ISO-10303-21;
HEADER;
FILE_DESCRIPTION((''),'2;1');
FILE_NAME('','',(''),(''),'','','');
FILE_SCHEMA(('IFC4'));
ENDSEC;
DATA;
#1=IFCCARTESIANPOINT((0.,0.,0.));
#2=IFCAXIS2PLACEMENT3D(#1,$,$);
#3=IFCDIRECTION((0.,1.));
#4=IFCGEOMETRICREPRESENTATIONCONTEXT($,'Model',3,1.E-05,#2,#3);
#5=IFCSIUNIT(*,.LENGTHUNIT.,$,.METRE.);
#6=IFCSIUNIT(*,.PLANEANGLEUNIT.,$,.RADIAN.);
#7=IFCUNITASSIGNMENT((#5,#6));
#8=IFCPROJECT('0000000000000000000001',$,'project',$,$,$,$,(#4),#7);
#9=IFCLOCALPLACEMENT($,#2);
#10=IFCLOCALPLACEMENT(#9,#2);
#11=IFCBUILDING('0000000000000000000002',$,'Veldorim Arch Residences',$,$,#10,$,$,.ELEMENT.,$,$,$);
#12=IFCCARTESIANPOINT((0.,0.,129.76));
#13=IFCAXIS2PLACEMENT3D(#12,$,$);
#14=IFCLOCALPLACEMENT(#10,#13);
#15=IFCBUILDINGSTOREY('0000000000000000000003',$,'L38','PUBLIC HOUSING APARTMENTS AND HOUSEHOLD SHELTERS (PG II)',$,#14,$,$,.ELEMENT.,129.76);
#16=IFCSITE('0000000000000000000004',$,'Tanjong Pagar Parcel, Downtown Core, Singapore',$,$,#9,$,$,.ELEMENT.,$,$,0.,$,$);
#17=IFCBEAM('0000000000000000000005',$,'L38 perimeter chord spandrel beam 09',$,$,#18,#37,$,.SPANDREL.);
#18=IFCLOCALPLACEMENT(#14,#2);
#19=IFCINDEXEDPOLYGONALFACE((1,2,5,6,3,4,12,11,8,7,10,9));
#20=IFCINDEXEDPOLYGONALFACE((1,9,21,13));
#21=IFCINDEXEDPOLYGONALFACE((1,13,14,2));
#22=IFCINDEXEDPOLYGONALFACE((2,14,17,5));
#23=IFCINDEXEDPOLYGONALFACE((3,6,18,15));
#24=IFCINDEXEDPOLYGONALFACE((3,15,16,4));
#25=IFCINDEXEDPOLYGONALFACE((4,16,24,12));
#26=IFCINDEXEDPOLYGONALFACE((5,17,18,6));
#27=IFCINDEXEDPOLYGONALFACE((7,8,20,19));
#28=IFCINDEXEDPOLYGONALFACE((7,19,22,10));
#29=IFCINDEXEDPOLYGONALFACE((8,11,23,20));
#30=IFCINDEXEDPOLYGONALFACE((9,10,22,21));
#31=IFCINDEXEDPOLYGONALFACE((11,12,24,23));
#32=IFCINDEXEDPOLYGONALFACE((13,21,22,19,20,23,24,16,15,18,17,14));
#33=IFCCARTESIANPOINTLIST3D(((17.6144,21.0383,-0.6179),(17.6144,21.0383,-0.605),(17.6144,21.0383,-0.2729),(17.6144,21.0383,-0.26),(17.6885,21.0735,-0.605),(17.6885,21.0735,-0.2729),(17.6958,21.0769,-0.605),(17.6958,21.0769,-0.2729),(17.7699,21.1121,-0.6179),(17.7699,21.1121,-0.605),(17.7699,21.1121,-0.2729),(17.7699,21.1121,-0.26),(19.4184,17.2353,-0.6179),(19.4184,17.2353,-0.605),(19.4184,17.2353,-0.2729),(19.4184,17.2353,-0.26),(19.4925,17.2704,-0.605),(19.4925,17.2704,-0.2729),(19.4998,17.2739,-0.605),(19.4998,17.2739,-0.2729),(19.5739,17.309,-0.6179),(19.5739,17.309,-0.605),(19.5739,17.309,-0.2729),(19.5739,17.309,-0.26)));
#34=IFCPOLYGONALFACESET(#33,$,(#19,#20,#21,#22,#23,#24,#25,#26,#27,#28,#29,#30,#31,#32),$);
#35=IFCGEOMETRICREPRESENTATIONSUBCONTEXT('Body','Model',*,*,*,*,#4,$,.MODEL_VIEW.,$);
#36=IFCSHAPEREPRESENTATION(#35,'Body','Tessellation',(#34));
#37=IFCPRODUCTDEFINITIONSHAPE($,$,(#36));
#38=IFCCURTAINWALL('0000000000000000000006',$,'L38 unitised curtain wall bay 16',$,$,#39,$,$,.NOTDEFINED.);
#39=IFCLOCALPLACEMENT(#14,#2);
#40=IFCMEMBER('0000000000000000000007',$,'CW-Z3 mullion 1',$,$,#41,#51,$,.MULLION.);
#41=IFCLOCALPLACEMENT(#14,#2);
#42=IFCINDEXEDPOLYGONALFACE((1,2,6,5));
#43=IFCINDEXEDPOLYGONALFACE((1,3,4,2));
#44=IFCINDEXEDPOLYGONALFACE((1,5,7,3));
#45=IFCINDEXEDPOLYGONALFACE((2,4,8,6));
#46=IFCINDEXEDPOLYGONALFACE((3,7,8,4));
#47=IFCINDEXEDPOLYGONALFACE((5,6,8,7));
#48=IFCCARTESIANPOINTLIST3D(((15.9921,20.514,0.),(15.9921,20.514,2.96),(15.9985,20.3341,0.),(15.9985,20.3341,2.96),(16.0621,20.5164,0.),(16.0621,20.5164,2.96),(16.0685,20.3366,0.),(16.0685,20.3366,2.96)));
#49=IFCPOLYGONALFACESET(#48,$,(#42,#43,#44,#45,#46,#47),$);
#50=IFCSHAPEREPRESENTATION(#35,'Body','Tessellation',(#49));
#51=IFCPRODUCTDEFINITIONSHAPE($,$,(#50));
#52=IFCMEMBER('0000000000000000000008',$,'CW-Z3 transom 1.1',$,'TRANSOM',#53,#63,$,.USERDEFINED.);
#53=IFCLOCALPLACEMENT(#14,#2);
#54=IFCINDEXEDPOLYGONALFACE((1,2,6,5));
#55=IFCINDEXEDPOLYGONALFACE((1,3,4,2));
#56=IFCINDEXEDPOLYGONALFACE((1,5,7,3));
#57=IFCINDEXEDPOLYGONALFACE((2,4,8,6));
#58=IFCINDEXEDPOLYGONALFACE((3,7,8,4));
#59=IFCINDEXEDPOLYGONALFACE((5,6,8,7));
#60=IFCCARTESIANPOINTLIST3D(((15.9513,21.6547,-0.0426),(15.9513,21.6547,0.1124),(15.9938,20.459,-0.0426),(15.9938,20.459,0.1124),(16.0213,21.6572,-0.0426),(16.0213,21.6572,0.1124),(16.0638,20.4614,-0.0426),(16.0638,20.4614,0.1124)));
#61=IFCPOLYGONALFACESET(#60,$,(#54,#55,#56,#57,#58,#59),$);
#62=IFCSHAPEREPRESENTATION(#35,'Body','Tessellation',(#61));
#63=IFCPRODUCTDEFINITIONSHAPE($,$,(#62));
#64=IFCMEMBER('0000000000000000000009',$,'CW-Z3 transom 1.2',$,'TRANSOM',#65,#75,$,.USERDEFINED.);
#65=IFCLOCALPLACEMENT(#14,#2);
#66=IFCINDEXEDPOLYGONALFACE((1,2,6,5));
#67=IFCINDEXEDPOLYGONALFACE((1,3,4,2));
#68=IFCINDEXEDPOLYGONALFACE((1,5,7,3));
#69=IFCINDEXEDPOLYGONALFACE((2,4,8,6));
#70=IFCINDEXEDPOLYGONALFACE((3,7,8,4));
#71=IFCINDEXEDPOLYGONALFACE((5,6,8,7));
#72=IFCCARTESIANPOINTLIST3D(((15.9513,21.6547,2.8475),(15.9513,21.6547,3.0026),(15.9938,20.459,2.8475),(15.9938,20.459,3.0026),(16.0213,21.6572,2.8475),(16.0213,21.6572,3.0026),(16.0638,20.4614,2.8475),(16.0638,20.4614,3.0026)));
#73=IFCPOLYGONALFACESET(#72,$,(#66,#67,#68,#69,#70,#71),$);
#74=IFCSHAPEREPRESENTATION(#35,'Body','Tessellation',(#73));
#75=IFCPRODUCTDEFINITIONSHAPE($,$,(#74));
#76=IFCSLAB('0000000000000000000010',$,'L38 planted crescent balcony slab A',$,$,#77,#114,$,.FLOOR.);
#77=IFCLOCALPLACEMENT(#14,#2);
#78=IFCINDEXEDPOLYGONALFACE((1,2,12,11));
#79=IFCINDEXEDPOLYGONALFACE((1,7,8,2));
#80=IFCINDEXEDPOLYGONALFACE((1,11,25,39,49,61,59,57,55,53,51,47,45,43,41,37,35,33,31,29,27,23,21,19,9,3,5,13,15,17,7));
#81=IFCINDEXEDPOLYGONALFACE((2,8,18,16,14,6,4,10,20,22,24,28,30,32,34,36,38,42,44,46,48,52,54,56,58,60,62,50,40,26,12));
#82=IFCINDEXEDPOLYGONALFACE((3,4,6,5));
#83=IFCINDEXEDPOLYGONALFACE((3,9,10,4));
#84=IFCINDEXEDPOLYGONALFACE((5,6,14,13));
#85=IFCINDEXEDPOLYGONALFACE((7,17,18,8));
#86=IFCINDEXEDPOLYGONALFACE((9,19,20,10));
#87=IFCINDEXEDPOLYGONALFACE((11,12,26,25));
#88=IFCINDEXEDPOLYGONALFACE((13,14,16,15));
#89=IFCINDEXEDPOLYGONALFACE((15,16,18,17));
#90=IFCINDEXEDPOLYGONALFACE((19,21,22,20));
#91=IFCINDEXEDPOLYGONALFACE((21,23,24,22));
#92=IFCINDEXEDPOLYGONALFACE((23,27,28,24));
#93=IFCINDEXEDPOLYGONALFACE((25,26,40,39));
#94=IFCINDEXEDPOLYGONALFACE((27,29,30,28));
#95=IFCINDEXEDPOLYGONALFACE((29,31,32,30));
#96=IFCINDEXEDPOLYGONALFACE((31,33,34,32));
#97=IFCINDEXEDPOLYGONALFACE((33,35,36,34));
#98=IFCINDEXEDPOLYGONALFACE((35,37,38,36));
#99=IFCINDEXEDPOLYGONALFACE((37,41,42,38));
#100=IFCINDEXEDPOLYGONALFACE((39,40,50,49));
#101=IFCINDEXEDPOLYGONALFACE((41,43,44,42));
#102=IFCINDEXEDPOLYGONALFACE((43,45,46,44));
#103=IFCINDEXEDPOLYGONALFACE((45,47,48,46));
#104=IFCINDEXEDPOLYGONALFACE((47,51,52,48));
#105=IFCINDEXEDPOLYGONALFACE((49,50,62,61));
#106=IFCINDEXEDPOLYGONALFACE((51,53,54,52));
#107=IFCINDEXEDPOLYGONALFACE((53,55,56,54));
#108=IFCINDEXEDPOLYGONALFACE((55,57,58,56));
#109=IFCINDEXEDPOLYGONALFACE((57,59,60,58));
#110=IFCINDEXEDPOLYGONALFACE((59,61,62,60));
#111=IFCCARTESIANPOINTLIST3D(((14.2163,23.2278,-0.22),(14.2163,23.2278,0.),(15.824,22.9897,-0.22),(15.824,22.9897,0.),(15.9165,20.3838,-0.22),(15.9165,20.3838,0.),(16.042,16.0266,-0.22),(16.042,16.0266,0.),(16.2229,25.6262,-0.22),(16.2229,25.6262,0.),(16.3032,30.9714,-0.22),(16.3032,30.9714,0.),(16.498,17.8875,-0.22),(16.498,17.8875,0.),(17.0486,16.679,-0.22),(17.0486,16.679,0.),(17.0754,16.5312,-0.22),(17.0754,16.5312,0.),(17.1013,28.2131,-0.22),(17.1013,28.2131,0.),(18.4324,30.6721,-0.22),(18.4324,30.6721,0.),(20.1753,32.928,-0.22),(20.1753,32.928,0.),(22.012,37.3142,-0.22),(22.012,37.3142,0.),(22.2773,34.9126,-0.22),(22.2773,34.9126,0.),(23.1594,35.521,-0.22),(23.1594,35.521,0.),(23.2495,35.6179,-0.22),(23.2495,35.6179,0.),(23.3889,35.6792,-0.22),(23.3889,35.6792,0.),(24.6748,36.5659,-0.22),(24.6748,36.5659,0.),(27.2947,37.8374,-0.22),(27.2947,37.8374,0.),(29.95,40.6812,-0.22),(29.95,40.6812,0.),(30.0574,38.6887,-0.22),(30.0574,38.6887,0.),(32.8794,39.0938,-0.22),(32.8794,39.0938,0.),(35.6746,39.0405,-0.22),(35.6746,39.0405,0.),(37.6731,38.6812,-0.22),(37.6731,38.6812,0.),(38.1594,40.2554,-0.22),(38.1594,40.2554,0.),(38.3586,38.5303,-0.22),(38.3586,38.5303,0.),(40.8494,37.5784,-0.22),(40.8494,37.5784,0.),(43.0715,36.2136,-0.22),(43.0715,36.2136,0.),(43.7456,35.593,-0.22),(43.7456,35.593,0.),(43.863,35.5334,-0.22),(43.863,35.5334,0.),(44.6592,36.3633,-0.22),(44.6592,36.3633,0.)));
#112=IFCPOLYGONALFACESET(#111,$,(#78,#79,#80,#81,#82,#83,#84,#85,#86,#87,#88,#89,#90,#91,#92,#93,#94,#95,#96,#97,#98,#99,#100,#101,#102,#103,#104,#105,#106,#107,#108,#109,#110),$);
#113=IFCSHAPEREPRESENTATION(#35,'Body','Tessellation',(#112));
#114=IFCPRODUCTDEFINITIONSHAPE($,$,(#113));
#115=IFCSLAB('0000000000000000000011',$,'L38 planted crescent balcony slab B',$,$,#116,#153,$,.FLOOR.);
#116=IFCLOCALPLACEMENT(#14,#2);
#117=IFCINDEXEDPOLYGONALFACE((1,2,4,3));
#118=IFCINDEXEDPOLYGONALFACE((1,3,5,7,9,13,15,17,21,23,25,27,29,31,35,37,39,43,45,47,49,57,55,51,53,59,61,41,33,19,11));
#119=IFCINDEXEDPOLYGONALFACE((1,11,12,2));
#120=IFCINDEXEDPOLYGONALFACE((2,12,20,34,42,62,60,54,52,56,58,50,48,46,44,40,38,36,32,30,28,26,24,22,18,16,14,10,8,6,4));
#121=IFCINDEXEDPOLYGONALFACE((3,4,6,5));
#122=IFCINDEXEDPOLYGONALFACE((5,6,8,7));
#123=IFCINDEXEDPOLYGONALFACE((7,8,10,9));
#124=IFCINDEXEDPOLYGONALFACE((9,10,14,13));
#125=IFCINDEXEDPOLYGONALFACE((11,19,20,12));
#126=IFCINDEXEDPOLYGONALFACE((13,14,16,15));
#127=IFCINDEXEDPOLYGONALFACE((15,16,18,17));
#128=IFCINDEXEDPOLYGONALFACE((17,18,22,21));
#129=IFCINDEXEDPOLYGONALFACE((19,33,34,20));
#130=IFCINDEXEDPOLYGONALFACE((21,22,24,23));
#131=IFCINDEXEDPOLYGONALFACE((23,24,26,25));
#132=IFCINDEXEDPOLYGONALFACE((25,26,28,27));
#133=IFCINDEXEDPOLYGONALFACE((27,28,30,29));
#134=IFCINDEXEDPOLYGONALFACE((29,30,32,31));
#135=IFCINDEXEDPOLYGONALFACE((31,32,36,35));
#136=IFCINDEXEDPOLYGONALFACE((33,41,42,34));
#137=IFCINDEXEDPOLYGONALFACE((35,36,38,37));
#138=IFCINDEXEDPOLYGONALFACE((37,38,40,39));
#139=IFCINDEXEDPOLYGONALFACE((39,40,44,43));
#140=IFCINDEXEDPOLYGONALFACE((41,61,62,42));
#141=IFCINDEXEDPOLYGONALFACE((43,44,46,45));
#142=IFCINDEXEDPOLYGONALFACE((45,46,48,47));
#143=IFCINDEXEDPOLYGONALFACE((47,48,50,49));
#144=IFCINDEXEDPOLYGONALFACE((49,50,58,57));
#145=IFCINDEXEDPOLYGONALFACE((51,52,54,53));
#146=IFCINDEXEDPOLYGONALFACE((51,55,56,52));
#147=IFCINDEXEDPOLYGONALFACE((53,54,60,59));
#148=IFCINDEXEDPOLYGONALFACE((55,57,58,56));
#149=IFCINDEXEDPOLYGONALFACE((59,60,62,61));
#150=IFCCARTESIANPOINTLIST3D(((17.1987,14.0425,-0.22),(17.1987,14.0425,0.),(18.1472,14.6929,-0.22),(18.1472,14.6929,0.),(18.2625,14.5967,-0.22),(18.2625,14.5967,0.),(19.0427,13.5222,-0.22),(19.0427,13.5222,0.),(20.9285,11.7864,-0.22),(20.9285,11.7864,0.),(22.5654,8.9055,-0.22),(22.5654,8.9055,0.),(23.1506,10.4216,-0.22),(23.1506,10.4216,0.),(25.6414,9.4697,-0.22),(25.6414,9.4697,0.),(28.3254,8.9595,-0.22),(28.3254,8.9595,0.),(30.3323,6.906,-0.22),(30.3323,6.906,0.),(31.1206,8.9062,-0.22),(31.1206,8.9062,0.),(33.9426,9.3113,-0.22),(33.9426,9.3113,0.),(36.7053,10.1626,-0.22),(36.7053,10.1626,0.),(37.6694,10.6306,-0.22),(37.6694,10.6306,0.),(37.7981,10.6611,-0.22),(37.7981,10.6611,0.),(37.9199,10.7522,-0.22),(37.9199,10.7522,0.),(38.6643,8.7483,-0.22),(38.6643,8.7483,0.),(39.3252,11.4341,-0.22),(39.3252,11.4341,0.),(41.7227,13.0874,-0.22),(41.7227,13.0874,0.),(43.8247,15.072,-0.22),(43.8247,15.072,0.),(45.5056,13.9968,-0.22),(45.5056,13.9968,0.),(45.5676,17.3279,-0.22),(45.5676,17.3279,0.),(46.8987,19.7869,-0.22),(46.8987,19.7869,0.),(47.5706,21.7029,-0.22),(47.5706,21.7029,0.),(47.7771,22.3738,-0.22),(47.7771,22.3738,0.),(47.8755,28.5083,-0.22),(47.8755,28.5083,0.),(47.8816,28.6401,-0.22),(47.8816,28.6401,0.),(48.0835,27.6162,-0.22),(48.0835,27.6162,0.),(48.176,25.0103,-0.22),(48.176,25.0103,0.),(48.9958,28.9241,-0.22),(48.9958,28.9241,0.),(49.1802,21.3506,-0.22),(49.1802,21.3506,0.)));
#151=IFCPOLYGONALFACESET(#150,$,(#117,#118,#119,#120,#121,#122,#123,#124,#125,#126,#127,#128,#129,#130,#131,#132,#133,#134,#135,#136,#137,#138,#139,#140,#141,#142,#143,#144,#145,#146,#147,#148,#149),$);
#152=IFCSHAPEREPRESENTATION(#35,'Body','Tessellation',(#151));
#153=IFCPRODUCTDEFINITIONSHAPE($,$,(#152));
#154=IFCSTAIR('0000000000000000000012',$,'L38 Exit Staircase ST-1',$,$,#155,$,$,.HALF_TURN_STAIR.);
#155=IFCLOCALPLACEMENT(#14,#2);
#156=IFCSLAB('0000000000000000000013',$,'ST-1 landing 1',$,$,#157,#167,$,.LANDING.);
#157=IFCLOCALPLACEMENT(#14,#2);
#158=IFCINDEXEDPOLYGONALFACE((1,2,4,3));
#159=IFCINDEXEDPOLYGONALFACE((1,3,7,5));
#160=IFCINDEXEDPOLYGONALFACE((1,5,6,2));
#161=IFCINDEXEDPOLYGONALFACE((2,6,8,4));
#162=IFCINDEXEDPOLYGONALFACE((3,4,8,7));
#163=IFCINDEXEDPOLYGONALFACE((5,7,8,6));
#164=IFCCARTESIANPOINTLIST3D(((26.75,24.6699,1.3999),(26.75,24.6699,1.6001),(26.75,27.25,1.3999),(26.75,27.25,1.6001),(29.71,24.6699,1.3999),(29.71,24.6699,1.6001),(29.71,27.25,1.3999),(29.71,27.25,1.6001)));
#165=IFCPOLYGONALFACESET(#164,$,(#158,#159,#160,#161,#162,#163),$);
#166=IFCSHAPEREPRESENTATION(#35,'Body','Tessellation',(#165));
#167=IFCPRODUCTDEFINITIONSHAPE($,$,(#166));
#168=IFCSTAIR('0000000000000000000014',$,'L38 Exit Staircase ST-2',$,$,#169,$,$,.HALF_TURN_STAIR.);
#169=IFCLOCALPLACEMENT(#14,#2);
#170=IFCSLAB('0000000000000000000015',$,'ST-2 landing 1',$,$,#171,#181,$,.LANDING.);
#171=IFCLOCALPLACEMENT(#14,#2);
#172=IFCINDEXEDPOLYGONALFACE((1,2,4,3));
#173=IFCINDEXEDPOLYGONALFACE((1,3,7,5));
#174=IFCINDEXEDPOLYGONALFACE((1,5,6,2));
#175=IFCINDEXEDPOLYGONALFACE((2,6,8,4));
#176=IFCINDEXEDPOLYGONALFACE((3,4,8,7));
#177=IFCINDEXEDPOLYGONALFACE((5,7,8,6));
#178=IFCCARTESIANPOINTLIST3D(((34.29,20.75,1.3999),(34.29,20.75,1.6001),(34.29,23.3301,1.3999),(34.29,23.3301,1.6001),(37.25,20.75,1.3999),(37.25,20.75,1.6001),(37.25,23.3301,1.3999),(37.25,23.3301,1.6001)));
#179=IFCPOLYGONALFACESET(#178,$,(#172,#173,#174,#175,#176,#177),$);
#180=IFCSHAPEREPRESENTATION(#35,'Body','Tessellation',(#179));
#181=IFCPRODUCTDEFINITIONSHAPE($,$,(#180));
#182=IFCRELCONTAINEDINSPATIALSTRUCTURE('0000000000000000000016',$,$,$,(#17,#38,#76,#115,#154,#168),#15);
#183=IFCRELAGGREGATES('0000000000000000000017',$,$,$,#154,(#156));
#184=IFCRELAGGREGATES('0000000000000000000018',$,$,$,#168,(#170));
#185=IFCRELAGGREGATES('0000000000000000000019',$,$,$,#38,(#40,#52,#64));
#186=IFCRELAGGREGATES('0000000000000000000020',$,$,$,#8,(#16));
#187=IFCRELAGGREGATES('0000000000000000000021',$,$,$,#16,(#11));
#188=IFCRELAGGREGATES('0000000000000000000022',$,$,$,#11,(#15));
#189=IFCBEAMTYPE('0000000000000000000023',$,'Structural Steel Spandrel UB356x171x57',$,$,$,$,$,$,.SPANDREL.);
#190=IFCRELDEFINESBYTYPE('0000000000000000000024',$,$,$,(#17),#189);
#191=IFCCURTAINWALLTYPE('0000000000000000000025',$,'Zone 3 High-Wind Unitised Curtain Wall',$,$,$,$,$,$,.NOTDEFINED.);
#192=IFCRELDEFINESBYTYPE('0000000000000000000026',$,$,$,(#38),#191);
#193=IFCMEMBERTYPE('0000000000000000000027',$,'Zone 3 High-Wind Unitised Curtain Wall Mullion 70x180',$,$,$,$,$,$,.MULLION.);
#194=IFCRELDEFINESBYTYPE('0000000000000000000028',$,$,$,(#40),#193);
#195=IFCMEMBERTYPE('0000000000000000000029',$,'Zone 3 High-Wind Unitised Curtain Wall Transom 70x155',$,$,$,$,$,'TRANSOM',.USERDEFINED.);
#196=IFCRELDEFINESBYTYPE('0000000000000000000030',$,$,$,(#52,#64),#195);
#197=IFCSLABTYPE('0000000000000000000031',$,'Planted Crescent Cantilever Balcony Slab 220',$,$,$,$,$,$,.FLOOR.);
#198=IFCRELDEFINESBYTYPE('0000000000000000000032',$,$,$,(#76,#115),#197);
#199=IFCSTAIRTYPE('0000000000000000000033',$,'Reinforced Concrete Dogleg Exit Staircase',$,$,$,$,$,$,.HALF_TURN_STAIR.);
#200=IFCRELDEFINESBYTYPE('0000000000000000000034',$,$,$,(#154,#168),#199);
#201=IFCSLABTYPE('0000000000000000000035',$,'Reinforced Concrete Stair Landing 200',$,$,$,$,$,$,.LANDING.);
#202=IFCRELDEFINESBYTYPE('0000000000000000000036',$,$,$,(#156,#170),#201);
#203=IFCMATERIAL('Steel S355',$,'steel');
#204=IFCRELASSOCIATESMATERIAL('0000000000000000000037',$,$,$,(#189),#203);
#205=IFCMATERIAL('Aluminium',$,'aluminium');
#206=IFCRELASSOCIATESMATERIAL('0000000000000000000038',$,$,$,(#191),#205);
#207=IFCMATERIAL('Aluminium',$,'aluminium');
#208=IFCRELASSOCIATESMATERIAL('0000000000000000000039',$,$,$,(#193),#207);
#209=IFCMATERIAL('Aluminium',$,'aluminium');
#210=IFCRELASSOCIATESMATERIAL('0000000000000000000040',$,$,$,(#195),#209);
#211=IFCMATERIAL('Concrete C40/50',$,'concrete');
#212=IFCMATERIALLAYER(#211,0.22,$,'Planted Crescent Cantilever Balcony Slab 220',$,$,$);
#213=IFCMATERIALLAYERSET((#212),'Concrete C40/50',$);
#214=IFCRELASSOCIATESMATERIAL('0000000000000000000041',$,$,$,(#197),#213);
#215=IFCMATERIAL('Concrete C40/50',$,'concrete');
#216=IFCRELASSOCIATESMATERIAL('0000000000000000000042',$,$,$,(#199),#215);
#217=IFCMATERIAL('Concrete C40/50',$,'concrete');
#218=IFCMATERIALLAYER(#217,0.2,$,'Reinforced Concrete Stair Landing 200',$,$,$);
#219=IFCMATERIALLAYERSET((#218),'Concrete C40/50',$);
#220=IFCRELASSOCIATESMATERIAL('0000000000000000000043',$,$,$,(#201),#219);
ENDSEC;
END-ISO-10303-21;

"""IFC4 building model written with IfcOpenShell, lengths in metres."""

from ifc_helpers import new_model, si_unit, direction, frame, origin, origin_2d, place, context, subcontext, project, spatial, polyline, rectangle, i_section, outline, extrude, material, layer, layer_set, material_profile, profile_set, type_object, element, aggregate, save


model = new_model("IFC4")

# Units and contexts
model_context = context("Model", 3, precision=1e-05, world=origin(), true_north=direction((0.0, 1.0)))
body_context = subcontext(model_context, "Body", "Model", "MODEL_VIEW")
ifc_project = project(units=[si_unit("LENGTHUNIT", "METRE"), si_unit("PLANEANGLEUNIT", "RADIAN")], contexts=[model_context])

# Site, building, storey
site_placement = place(None, origin())
site = spatial("IfcSite", under=ifc_project, at=site_placement, Name="Tanjong Pagar Parcel, Downtown Core, Singapore", CompositionType="ELEMENT", RefElevation=0.0)
building_placement = place(site_placement, origin())
building = spatial("IfcBuilding", under=site, at=building_placement, Name="Veldorim Arch Residences", CompositionType="ELEMENT")
storey_placement = place(building_placement, frame((0.0, 0.0, 129.76)))
storey = spatial("IfcBuildingStorey", under=building, at=storey_placement, Name="L38", Description="PUBLIC HOUSING APARTMENTS AND HOUSEHOLD SHELTERS (PG II)", CompositionType="ELEMENT", Elevation=129.76)

# Beam
ifc_material_1 = material(Name="Steel S355", Category="steel")
ifc_material_profile_1 = material_profile(ifc_material_1, i_section(OverallWidth=0.1721, OverallDepth=0.3579, WebThickness=0.0081, FlangeThickness=0.0129, at=origin_2d()), Name="UB356x171x57")
ifc_profile_set_1 = profile_set([ifc_material_profile_1], Name="Steel S355")
beam_type = type_object("IfcBeamType", Name="Structural Steel Spandrel UB356x171x57", PredefinedType="SPANDREL", material=ifc_profile_set_1)
beam_placement = place(storey_placement, frame((17.6921, 21.0752, -0.439), z_axis=(0.42858, -0.903504, 0.0), x_axis=(0.903504, 0.42858, 0.0)))
element("IfcBeam", 1, at=beam_placement, inside=storey, type_object=beam_type, Name="L38 perimeter chord spandrel beam 09", PredefinedType="SPANDREL", context=body_context, shape_type="SweptSolid", body=[
    extrude(i_section(OverallWidth=0.1721, OverallDepth=0.3579, WebThickness=0.0081, FlangeThickness=0.0129, at=origin_2d()), origin(), (0.0, 0.0, 1.0), 4.2092),
])

# Curtain wall, members
ifc_material_2 = material(Name="Aluminium", Category="aluminium")
curtain_wall_type = type_object("IfcCurtainWallType", Name="Zone 3 High-Wind Unitised Curtain Wall", PredefinedType="NOTDEFINED", material=ifc_material_2)
curtain_wall_placement = place(storey_placement, origin())
curtain_wall = element("IfcCurtainWall", 2, at=curtain_wall_placement, inside=storey, type_object=curtain_wall_type, Name="L38 unitised curtain wall bay 16", PredefinedType="NOTDEFINED")
ifc_material_3 = material(Name="Aluminium", Category="aluminium")
ifc_material_profile_2 = material_profile(ifc_material_3, rectangle(XDim=0.0701, YDim=0.1799, at=origin_2d()), Name="ALU_MUL_70x180")
ifc_profile_set_2 = profile_set([ifc_material_profile_2], Name="Aluminium")
member_type_1 = type_object("IfcMemberType", Name="Zone 3 High-Wind Unitised Curtain Wall Mullion 70x180", PredefinedType="MULLION", material=ifc_profile_set_2)
member_1_placement = place(storey_placement, frame((16.0303, 20.4253, 0.0), z_axis=(0.0, 0.0, 1.0), x_axis=(-0.99937, -0.035498, 0.0)))
member_1 = element("IfcMember", 3, at=member_1_placement, type_object=member_type_1, Name="CW-Z3 mullion 1", PredefinedType="MULLION", context=body_context, shape_type="SweptSolid", body=[
    extrude(rectangle(XDim=0.0701, YDim=0.1799, at=origin_2d()), origin(), (0.0, 0.0, 1.0), 2.96),
])
ifc_material_4 = material(Name="Aluminium", Category="aluminium")
ifc_material_profile_3 = material_profile(ifc_material_4, rectangle(XDim=0.0701, YDim=0.155, at=origin_2d()), Name="ALU_TRN_70x155")
ifc_profile_set_3 = profile_set([ifc_material_profile_3], Name="Aluminium")
member_type_2 = type_object("IfcMemberType", Name="Zone 3 High-Wind Unitised Curtain Wall Transom 70x155", ElementType="TRANSOM", PredefinedType="USERDEFINED", material=ifc_profile_set_3)
member_2_placement = place(storey_placement, frame((16.0288, 20.4602, 0.0349), z_axis=(-0.035502, 0.99937, 0.0), x_axis=(-0.99937, -0.035502, 0.0)))
member_2 = element("IfcMember", 4, at=member_2_placement, type_object=member_type_2, Name="CW-Z3 transom 1.1", ObjectType="TRANSOM", PredefinedType="USERDEFINED", context=body_context, shape_type="SweptSolid", body=[
    extrude(rectangle(XDim=0.0701, YDim=0.155, at=origin_2d()), origin(), (0.0, 0.0, 1.0), 1.1965),
])
member_3_placement = place(storey_placement, frame((16.0288, 20.4602, 2.925), z_axis=(-0.035502, 0.99937, 0.0), x_axis=(-0.99937, -0.035502, 0.0)))
member_3 = element("IfcMember", 5, at=member_3_placement, type_object=member_type_2, Name="CW-Z3 transom 1.2", ObjectType="TRANSOM", PredefinedType="USERDEFINED", context=body_context, shape_type="SweptSolid", body=[
    extrude(rectangle(XDim=0.0701, YDim=0.155, at=origin_2d()), origin(), (0.0, 0.0, 1.0), 1.1965),
])

# Slabs
ifc_material_5 = material(Name="Concrete C40/50", Category="concrete")
ifc_layer_1 = layer(ifc_material_5, 0.22, Name="Planted Crescent Cantilever Balcony Slab 220")
ifc_layer_set_1 = layer_set([ifc_layer_1], Name="Concrete C40/50")
slab_type_1 = type_object("IfcSlabType", Name="Planted Crescent Cantilever Balcony Slab 220", PredefinedType="FLOOR", material=ifc_layer_set_1)
slab_1_placement = place(storey_placement, frame((0.0, 0.0, -0.22)))
element("IfcSlab", 6, at=slab_1_placement, inside=storey, type_object=slab_type_1, Name="L38 planted crescent balcony slab A", PredefinedType="FLOOR", context=body_context, shape_type="SweptSolid", body=[
    extrude(outline(polyline([(43.7456, 35.593), (43.0715, 36.2136), (40.8494, 37.5784), (38.3586, 38.5303), (37.6731, 38.6812), (35.6746, 39.0405), (32.8794, 39.0938), (30.0574, 38.6887), (27.2947, 37.8374), (24.6748, 36.5659), (23.3889, 35.6792), (23.2495, 35.6179), (23.1594, 35.521), (22.2773, 34.9126), (20.1753, 32.928), (18.4324, 30.6721), (17.1013, 28.2131), (16.2229, 25.6262), (15.824, 22.9897), (15.9165, 20.3838), (16.498, 17.8875), (17.0486, 16.679), (17.0754, 16.5312), (16.042, 16.0266), (14.2163, 23.2278), (16.3032, 30.9714), (22.012, 37.3142), (29.95, 40.6812), (38.1594, 40.2554), (44.6592, 36.3633), (43.863, 35.5334), (43.7456, 35.593)])), origin(), (0.0, 0.0, 1.0), 0.22),
])
slab_2_placement = place(storey_placement, frame((0.0, 0.0, -0.22)))
element("IfcSlab", 7, at=slab_2_placement, inside=storey, type_object=slab_type_1, Name="L38 planted crescent balcony slab B", PredefinedType="FLOOR", context=body_context, shape_type="SweptSolid", body=[
    extrude(outline(polyline([(18.2625, 14.5967), (19.0427, 13.5222), (20.9285, 11.7864), (23.1506, 10.4216), (25.6414, 9.4697), (28.3254, 8.9595), (31.1206, 8.9062), (33.9426, 9.3113), (36.7053, 10.1626), (37.6694, 10.6306), (37.7981, 10.6611), (37.9199, 10.7522), (39.3252, 11.4341), (41.7227, 13.0874), (43.8247, 15.072), (45.5676, 17.3279), (46.8987, 19.7869), (47.5706, 21.7029), (47.7771, 22.3738), (48.176, 25.0103), (48.0835, 27.6162), (47.8755, 28.5083), (47.8816, 28.6401), (48.9958, 28.9241), (49.1802, 21.3506), (45.5056, 13.9968), (38.6643, 8.7483), (30.3323, 6.906), (22.5654, 8.9055), (17.1987, 14.0425), (18.1472, 14.6929), (18.2625, 14.5967)])), origin(), (0.0, 0.0, 1.0), 0.22),
])

# Stairs, slabs
ifc_material_6 = material(Name="Concrete C40/50", Category="concrete")
stair_type = type_object("IfcStairType", Name="Reinforced Concrete Dogleg Exit Staircase", PredefinedType="HALF_TURN_STAIR", material=ifc_material_6)
stair_1_placement = place(storey_placement, origin())
stair_1 = element("IfcStair", 8, at=stair_1_placement, inside=storey, type_object=stair_type, Name="L38 Exit Staircase ST-1", PredefinedType="HALF_TURN_STAIR")
ifc_material_7 = material(Name="Concrete C40/50", Category="concrete")
ifc_layer_2 = layer(ifc_material_7, 0.2, Name="Reinforced Concrete Stair Landing 200")
ifc_layer_set_2 = layer_set([ifc_layer_2], Name="Concrete C40/50")
slab_type_2 = type_object("IfcSlabType", Name="Reinforced Concrete Stair Landing 200", PredefinedType="LANDING", material=ifc_layer_set_2)
slab_3_placement = place(storey_placement, frame((0.0, 0.0, 1.3999)))
slab_3 = element("IfcSlab", 9, at=slab_3_placement, type_object=slab_type_2, Name="ST-1 landing 1", PredefinedType="LANDING", context=body_context, shape_type="SweptSolid", body=[
    extrude(outline(polyline([(29.71, 24.6699), (29.71, 27.25), (26.75, 27.25), (26.75, 24.6699), (29.71, 24.6699)])), origin(), (0.0, 0.0, 1.0), 0.2002),
])
aggregate(stair_1, [slab_3])
stair_2_placement = place(storey_placement, origin())
stair_2 = element("IfcStair", 10, at=stair_2_placement, inside=storey, type_object=stair_type, Name="L38 Exit Staircase ST-2", PredefinedType="HALF_TURN_STAIR")
slab_4_placement = place(storey_placement, frame((0.0, 0.0, 1.3999)))
slab_4 = element("IfcSlab", 11, at=slab_4_placement, type_object=slab_type_2, Name="ST-2 landing 1", PredefinedType="LANDING", context=body_context, shape_type="SweptSolid", body=[
    extrude(outline(polyline([(34.29, 23.3301), (34.29, 20.75), (37.25, 20.75), (37.25, 23.3301), (34.29, 23.3301)])), origin(), (0.0, 0.0, 1.0), 0.2002),
])
aggregate(stair_2, [slab_4])

aggregate(curtain_wall, [member_1, member_2, member_3])

save(model, "model.ifc")
